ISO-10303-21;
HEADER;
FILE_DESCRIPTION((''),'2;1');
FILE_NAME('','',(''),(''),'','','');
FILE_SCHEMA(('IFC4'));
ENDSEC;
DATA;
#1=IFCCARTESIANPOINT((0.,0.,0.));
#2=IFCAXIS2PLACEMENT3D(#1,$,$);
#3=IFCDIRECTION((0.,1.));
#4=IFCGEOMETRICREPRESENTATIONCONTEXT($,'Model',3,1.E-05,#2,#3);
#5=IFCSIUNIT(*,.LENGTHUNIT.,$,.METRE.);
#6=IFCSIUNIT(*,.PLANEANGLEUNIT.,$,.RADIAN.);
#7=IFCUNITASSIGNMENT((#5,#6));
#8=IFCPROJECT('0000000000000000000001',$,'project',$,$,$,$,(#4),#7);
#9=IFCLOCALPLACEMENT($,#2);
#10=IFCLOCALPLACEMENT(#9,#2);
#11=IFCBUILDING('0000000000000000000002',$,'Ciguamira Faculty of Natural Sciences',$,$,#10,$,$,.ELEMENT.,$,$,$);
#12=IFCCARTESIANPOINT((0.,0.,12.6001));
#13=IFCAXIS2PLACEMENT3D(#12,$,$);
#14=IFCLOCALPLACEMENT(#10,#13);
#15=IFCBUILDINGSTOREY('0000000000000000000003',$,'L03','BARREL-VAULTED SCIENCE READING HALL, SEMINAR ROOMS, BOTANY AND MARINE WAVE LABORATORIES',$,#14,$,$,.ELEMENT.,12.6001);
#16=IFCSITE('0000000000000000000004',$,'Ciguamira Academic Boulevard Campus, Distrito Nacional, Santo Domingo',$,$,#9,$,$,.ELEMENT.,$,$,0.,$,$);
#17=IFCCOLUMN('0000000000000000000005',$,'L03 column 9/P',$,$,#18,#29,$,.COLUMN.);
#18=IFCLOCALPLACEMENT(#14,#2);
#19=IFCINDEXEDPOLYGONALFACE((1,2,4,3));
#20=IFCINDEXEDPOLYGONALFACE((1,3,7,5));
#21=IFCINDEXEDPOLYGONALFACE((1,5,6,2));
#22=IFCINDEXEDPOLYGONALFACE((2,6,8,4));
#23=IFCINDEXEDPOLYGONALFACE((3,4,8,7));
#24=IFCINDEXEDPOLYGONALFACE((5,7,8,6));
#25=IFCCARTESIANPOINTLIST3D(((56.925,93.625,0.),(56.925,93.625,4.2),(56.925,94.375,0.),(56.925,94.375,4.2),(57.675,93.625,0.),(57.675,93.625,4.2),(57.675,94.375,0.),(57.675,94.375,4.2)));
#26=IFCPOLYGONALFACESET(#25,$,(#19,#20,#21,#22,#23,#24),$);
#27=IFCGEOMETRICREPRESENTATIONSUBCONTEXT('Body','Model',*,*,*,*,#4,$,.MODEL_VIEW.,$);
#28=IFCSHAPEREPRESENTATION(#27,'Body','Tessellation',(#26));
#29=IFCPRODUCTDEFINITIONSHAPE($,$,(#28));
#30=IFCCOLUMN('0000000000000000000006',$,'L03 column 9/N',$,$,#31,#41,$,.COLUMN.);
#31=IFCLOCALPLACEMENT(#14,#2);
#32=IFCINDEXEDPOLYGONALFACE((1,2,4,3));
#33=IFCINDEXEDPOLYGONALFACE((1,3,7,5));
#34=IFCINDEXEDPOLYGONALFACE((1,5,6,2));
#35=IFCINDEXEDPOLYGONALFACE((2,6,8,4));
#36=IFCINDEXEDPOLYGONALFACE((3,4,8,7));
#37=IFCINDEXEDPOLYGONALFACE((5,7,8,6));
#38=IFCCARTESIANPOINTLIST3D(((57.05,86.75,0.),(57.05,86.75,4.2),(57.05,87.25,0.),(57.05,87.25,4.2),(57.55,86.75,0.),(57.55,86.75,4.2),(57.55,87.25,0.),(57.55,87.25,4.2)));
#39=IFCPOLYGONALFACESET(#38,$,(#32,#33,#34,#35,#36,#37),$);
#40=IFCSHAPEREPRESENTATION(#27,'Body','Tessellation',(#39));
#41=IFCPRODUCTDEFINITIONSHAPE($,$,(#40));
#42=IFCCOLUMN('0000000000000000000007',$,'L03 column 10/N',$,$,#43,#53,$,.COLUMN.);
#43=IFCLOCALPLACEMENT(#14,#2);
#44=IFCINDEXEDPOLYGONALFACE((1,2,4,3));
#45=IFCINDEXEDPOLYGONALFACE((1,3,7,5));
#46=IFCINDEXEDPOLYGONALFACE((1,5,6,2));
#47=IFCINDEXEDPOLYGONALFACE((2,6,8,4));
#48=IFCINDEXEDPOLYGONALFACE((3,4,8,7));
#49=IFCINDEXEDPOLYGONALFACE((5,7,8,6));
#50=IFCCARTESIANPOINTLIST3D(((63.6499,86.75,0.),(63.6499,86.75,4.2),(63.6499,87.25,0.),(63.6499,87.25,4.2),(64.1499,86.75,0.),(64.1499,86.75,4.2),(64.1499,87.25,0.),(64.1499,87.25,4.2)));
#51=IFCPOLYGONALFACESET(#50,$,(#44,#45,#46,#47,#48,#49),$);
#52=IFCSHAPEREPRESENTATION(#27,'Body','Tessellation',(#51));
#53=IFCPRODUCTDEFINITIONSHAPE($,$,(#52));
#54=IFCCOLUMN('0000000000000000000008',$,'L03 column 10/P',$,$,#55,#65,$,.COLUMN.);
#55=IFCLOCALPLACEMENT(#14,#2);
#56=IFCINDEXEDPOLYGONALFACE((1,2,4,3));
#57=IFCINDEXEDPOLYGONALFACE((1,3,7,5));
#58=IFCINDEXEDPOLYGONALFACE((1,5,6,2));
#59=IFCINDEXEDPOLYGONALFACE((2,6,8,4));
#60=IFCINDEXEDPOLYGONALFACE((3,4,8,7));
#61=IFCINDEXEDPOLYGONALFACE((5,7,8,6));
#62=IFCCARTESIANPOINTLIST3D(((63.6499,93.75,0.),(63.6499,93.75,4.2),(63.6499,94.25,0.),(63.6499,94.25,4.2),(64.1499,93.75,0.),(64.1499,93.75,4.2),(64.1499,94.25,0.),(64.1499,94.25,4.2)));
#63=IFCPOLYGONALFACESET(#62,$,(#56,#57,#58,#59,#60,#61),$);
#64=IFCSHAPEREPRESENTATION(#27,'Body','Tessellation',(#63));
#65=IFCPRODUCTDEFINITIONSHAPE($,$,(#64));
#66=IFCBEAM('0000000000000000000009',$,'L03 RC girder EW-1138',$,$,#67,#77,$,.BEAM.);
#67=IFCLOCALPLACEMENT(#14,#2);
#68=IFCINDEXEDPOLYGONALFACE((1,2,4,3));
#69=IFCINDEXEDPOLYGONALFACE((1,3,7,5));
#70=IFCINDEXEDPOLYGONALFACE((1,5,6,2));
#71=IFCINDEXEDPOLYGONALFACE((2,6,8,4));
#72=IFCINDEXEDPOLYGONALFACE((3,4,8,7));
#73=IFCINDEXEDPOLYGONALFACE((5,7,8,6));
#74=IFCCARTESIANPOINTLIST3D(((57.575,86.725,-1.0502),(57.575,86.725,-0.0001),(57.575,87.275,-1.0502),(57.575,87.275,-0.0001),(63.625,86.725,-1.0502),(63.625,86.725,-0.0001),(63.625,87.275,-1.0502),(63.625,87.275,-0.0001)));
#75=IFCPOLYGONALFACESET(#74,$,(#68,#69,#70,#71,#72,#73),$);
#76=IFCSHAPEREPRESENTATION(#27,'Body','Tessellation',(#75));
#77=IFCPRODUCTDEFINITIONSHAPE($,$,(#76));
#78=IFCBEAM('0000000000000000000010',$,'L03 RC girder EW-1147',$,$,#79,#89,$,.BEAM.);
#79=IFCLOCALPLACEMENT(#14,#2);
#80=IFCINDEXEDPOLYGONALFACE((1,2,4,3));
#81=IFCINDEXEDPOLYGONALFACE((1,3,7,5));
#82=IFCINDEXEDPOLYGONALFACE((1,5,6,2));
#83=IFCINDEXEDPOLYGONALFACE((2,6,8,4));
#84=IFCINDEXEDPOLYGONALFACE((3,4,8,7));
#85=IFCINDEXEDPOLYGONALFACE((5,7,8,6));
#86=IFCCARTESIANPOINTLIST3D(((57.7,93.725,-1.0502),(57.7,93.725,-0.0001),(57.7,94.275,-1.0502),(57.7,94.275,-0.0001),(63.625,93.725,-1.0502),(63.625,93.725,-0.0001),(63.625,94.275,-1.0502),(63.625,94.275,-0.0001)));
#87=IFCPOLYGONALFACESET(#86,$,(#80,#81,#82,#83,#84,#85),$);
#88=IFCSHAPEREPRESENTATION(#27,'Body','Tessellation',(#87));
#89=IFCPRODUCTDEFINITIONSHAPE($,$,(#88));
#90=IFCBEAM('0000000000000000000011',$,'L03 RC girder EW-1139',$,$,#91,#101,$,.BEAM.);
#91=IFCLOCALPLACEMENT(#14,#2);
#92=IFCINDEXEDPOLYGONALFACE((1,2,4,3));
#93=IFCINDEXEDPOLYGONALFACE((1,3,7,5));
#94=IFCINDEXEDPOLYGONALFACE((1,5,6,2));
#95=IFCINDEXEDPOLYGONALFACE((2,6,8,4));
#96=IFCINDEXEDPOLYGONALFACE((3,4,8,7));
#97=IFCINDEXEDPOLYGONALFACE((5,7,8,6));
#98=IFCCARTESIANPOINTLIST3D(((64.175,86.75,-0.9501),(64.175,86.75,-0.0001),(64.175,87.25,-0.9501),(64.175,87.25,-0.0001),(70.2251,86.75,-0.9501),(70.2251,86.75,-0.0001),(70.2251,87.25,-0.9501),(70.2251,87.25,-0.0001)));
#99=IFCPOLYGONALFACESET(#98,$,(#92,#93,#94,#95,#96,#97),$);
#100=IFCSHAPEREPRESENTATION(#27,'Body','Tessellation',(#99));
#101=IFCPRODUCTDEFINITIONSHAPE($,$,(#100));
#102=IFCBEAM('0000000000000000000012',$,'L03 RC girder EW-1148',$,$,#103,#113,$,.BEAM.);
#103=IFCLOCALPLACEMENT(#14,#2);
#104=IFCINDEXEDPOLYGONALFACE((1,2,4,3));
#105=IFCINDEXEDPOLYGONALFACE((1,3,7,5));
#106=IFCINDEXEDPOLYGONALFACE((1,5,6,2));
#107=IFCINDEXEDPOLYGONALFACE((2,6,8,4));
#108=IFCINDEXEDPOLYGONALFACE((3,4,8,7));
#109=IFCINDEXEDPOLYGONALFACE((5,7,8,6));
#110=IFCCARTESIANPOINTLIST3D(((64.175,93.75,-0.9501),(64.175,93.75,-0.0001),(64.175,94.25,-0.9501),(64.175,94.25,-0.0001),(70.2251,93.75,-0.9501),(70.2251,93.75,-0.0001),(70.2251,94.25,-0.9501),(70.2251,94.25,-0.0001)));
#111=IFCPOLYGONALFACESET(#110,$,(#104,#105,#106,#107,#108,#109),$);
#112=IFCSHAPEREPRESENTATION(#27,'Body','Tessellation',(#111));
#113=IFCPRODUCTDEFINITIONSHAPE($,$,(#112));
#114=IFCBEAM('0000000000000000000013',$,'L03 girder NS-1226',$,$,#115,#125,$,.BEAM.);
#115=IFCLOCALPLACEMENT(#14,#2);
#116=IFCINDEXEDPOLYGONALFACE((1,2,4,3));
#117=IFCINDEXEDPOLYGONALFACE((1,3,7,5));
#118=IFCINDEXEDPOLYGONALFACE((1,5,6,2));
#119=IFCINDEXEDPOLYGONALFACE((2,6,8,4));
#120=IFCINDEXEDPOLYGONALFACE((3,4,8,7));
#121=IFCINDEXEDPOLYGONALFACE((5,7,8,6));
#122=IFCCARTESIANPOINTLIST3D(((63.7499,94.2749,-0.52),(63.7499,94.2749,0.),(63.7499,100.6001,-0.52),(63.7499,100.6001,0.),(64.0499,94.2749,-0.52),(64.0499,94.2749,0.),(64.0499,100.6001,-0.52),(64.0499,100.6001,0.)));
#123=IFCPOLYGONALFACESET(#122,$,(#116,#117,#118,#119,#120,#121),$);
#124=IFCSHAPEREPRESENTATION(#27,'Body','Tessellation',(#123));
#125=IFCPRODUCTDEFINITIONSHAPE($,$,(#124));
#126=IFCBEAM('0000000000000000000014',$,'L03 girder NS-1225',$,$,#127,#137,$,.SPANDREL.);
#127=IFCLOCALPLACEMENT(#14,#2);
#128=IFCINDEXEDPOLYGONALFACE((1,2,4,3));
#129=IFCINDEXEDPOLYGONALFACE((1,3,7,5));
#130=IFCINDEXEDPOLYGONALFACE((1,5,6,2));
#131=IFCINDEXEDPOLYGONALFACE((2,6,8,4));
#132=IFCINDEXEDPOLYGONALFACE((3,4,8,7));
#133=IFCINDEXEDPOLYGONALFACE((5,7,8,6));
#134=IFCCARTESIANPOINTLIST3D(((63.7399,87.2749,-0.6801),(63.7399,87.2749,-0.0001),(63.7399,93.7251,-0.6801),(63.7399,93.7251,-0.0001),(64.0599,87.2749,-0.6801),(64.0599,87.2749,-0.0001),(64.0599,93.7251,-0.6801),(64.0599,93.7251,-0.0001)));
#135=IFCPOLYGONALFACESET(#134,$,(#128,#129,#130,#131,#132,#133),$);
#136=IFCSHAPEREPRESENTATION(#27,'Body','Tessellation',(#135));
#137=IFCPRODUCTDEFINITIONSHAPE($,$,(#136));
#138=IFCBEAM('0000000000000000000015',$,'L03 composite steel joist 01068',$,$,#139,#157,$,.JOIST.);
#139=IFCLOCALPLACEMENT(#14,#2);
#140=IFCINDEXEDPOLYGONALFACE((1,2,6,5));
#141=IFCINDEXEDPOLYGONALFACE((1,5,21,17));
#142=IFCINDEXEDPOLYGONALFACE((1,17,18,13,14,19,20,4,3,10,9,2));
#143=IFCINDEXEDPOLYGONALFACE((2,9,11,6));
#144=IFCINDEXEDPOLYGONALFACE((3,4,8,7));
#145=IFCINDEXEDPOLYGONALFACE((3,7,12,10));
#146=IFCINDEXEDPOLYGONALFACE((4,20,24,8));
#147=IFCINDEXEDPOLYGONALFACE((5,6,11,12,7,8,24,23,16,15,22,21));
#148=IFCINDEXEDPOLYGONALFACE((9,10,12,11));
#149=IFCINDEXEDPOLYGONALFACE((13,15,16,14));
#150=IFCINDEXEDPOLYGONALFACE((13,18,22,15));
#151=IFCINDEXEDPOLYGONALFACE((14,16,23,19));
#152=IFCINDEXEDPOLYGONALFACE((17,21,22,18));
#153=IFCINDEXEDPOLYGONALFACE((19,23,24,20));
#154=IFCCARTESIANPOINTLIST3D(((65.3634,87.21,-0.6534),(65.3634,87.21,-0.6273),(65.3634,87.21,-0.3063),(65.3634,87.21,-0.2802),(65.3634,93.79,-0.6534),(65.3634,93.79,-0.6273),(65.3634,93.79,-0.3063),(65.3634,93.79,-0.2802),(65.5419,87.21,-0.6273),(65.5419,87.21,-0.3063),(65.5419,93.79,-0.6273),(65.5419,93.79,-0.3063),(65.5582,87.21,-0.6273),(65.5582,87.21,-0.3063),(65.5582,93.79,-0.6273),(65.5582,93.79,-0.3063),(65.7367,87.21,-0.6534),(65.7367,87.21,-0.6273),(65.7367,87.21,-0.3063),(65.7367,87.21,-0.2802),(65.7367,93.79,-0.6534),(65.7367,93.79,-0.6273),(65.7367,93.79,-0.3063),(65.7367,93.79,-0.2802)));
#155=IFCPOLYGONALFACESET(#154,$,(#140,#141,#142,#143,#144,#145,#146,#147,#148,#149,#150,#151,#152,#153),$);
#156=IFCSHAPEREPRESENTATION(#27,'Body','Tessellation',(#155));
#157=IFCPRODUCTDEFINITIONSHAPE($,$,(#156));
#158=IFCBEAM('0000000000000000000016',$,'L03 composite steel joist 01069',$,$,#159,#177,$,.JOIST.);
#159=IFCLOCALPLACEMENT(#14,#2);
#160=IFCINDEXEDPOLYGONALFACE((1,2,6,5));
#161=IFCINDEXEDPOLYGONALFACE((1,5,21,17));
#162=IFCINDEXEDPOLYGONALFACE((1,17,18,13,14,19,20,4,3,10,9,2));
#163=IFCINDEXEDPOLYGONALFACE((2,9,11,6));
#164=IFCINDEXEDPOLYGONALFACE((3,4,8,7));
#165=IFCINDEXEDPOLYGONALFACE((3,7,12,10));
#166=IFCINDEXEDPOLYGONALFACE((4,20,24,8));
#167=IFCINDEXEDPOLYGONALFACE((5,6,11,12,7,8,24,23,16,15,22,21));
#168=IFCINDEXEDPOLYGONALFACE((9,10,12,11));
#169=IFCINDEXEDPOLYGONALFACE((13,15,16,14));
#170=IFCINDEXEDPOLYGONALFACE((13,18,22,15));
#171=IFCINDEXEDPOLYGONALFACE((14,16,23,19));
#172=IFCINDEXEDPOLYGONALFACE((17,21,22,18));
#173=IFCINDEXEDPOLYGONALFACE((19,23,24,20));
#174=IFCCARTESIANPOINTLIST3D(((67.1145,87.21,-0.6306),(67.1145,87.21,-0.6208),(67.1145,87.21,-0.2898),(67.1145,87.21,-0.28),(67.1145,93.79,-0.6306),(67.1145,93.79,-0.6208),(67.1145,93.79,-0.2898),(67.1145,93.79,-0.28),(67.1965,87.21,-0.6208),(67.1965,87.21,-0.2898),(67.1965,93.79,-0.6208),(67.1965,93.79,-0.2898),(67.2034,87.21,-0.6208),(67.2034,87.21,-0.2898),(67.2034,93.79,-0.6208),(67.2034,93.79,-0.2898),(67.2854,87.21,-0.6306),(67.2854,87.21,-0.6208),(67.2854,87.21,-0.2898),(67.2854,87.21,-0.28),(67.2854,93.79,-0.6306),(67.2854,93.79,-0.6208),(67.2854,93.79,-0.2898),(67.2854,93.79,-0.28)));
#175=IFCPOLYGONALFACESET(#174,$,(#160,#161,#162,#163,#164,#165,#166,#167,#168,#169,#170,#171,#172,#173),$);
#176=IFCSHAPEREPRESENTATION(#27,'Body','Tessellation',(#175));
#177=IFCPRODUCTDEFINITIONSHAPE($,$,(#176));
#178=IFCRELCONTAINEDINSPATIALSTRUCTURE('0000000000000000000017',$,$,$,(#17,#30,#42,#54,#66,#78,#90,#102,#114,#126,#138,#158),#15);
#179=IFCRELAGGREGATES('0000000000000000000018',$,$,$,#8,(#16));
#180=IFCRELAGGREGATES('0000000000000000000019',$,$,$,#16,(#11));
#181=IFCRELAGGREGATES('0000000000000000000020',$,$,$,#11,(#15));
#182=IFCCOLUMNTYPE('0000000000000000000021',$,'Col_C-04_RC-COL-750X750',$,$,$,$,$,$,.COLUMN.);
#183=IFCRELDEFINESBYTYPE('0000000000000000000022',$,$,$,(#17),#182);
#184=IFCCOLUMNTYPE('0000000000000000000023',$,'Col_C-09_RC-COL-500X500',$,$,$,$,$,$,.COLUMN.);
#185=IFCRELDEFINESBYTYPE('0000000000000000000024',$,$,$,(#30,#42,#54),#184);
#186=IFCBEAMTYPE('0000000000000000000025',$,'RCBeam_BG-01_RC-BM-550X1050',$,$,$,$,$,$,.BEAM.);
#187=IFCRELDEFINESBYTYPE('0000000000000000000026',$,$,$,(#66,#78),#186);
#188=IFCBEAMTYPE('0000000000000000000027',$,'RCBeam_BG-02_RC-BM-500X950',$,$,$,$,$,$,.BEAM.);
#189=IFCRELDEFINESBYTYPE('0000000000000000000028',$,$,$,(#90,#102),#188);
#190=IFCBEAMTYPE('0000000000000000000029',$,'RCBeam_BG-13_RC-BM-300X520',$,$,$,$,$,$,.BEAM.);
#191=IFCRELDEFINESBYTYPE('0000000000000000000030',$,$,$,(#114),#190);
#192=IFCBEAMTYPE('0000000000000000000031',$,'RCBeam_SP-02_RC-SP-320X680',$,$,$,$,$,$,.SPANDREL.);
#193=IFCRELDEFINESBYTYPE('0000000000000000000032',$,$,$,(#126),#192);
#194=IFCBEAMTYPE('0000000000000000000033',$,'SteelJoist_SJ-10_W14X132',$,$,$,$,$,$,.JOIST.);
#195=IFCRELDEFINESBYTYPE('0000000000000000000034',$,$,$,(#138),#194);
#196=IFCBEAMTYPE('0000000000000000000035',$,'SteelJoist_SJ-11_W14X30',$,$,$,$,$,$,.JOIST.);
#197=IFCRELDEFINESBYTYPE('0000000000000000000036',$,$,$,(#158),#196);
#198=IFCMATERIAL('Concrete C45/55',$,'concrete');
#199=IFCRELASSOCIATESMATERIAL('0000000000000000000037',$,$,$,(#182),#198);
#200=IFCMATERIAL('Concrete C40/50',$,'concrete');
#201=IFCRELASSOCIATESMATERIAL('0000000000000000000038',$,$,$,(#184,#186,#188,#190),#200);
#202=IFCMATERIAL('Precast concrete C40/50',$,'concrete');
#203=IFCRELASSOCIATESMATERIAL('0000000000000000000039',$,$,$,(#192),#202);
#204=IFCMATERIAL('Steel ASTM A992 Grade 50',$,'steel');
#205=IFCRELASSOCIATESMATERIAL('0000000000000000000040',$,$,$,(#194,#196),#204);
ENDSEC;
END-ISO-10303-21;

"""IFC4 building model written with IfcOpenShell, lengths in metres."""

from ifc_helpers import new_model, si_unit, direction, frame, origin, origin_2d, place, context, subcontext, project, spatial, rectangle, i_section, extrude, material, material_profile, profile_set, type_object, element, save


model = new_model("IFC4")

# Units and contexts
model_context = context("Model", 3, precision=1e-05, world=origin(), true_north=direction((0.0, 1.0)))
body_context = subcontext(model_context, "Body", "Model", "MODEL_VIEW")
ifc_project = project(units=[si_unit("LENGTHUNIT", "METRE"), si_unit("PLANEANGLEUNIT", "RADIAN")], contexts=[model_context])

# Site, building, storey
site_placement = place(None, origin())
site = spatial("IfcSite", under=ifc_project, at=site_placement, Name="Ciguamira Academic Boulevard Campus, Distrito Nacional, Santo Domingo", CompositionType="ELEMENT", RefElevation=0.0)
building_placement = place(site_placement, origin())
building = spatial("IfcBuilding", under=site, at=building_placement, Name="Ciguamira Faculty of Natural Sciences", CompositionType="ELEMENT")
storey_placement = place(building_placement, frame((0.0, 0.0, 12.6001)))
storey = spatial("IfcBuildingStorey", under=building, at=storey_placement, Name="L03", Description="BARREL-VAULTED SCIENCE READING HALL, SEMINAR ROOMS, BOTANY AND MARINE WAVE LABORATORIES", CompositionType="ELEMENT", Elevation=12.6001)

# Columns
ifc_material_1 = material(Name="Concrete C45/55", Category="concrete")
ifc_material_profile_1 = material_profile(ifc_material_1, rectangle(XDim=0.75, YDim=0.75, at=origin_2d()), Name="RC-COL-750X750")
ifc_profile_set_1 = profile_set([ifc_material_profile_1], Name="Concrete C45/55")
column_type_1 = type_object("IfcColumnType", Name="Col_C-04_RC-COL-750X750", PredefinedType="COLUMN", material=ifc_profile_set_1)
column_placement = place(storey_placement, frame((57.3, 94.0, 0.0), z_axis=(0.0, 0.0, 1.0), x_axis=(1.0, 0.0, 0.0)))
element("IfcColumn", 1, at=column_placement, inside=storey, type_object=column_type_1, Name="L03 column 9/P", PredefinedType="COLUMN", context=body_context, shape_type="SweptSolid", body=[
    extrude(rectangle(XDim=0.75, YDim=0.75, at=origin_2d()), origin(), (0.0, 0.0, 1.0), 4.2),
])
ifc_material_2 = material(Name="Concrete C40/50", Category="concrete")
ifc_material_profile_2 = material_profile(ifc_material_2, rectangle(XDim=0.5, YDim=0.5, at=origin_2d()), Name="RC-COL-500X500")
ifc_profile_set_2 = profile_set([ifc_material_profile_2], Name="Concrete C40/50")
column_type_2 = type_object("IfcColumnType", Name="Col_C-09_RC-COL-500X500", PredefinedType="COLUMN", material=ifc_profile_set_2)
for number, where, z_axis, x_axis, name in (
    (2, (57.3, 87.0, 0.0), (0.0, 0.0, 1.0), (1.0, 0.0, 0.0), "L03 column 9/N"),
    (3, (63.8999, 87.0, 0.0), (0.0, 0.0, 1.0), (1.0, 0.0, 0.0), "L03 column 10/N"),
    (4, (63.8999, 94.0, 0.0), (0.0, 0.0, 1.0), (1.0, 0.0, 0.0), "L03 column 10/P"),
):
    element("IfcColumn", number, at=place(storey_placement, frame(where, z_axis=z_axis, x_axis=x_axis)), inside=storey, type_object=column_type_2, Name=name, PredefinedType="COLUMN", context=body_context, shape_type="SweptSolid", body=[
        extrude(rectangle(XDim=0.5, YDim=0.5, at=origin_2d()), origin(), (0.0, 0.0, 1.0), 4.2),
    ])

# Beams
ifc_material_profile_3 = material_profile(ifc_material_2, rectangle(XDim=0.55, YDim=1.05, at=origin_2d()), Name="RC-BM-550X1050")
ifc_profile_set_3 = profile_set([ifc_material_profile_3], Name="Concrete C40/50")
beam_type_1 = type_object("IfcBeamType", Name="RCBeam_BG-01_RC-BM-550X1050", PredefinedType="BEAM", material=ifc_profile_set_3)
beam_1_placement = place(storey_placement, frame((57.575, 87.0, -0.5251), z_axis=(1.0, 0.0, 0.0), x_axis=(0.0, 1.0, 0.0)))
element("IfcBeam", 5, at=beam_1_placement, inside=storey, type_object=beam_type_1, Name="L03 RC girder EW-1138", PredefinedType="BEAM", context=body_context, shape_type="SweptSolid", body=[
    extrude(rectangle(XDim=0.55, YDim=1.05, at=origin_2d()), origin(), (0.0, 0.0, 1.0), 6.05),
])
beam_2_placement = place(storey_placement, frame((57.7, 94.0, -0.5251), z_axis=(1.0, 0.0, 0.0), x_axis=(0.0, 1.0, 0.0)))
element("IfcBeam", 6, at=beam_2_placement, inside=storey, type_object=beam_type_1, Name="L03 RC girder EW-1147", PredefinedType="BEAM", context=body_context, shape_type="SweptSolid", body=[
    extrude(rectangle(XDim=0.55, YDim=1.05, at=origin_2d()), origin(), (0.0, 0.0, 1.0), 5.925),
])
ifc_material_profile_4 = material_profile(ifc_material_2, rectangle(XDim=0.5, YDim=0.95, at=origin_2d()), Name="RC-BM-500X950")
ifc_profile_set_4 = profile_set([ifc_material_profile_4], Name="Concrete C40/50")
beam_type_2 = type_object("IfcBeamType", Name="RCBeam_BG-02_RC-BM-500X950", PredefinedType="BEAM", material=ifc_profile_set_4)
for number, where, z_axis, x_axis, name in (
    (7, (64.175, 87.0, -0.4751), (1.0, 0.0, 0.0), (0.0, 1.0, 0.0), "L03 RC girder EW-1139"),
    (8, (64.175, 94.0, -0.4751), (1.0, 0.0, 0.0), (0.0, 1.0, 0.0), "L03 RC girder EW-1148"),
):
    element("IfcBeam", number, at=place(storey_placement, frame(where, z_axis=z_axis, x_axis=x_axis)), inside=storey, type_object=beam_type_2, Name=name, PredefinedType="BEAM", context=body_context, shape_type="SweptSolid", body=[
        extrude(rectangle(XDim=0.5, YDim=0.95, at=origin_2d()), origin(), (0.0, 0.0, 1.0), 6.05),
    ])
ifc_material_profile_5 = material_profile(ifc_material_2, rectangle(XDim=0.3, YDim=0.52, at=origin_2d()), Name="RC-BM-300X520")
ifc_profile_set_5 = profile_set([ifc_material_profile_5], Name="Concrete C40/50")
beam_type_3 = type_object("IfcBeamType", Name="RCBeam_BG-13_RC-BM-300X520", PredefinedType="BEAM", material=ifc_profile_set_5)
beam_3_placement = place(storey_placement, frame((63.8999, 94.2749, -0.26), z_axis=(0.0, 1.0, 0.0), x_axis=(-1.0, 0.0, 0.0)))
element("IfcBeam", 9, at=beam_3_placement, inside=storey, type_object=beam_type_3, Name="L03 girder NS-1226", PredefinedType="BEAM", context=body_context, shape_type="SweptSolid", body=[
    extrude(rectangle(XDim=0.3, YDim=0.52, at=origin_2d()), origin(), (0.0, 0.0, 1.0), 6.3252),
])
ifc_material_3 = material(Name="Precast concrete C40/50", Category="concrete")
ifc_material_profile_6 = material_profile(ifc_material_3, rectangle(XDim=0.3201, YDim=0.6799, at=origin_2d()), Name="RC-SP-320X680")
ifc_profile_set_6 = profile_set([ifc_material_profile_6], Name="Precast concrete C40/50")
beam_type_4 = type_object("IfcBeamType", Name="RCBeam_SP-02_RC-SP-320X680", PredefinedType="SPANDREL", material=ifc_profile_set_6)
beam_4_placement = place(storey_placement, frame((63.8999, 87.2749, -0.3401), z_axis=(0.0, 1.0, 0.0), x_axis=(-1.0, 0.0, 0.0)))
element("IfcBeam", 10, at=beam_4_placement, inside=storey, type_object=beam_type_4, Name="L03 girder NS-1225", PredefinedType="SPANDREL", context=body_context, shape_type="SweptSolid", body=[
    extrude(rectangle(XDim=0.3201, YDim=0.6799, at=origin_2d()), origin(), (0.0, 0.0, 1.0), 6.4502),
])
ifc_material_4 = material(Name="Steel ASTM A992 Grade 50", Category="steel")
ifc_material_profile_7 = material_profile(ifc_material_4, i_section(OverallWidth=0.3733, OverallDepth=0.3733, WebThickness=0.0164, FlangeThickness=0.0261, at=origin_2d()), Name="W14X132")
ifc_profile_set_7 = profile_set([ifc_material_profile_7], Name="Steel ASTM A992 Grade 50")
beam_type_5 = type_object("IfcBeamType", Name="SteelJoist_SJ-10_W14X132", PredefinedType="JOIST", material=ifc_profile_set_7)
beam_5_placement = place(storey_placement, frame((65.55, 87.21, -0.4668), z_axis=(0.0, 1.0, 0.0), x_axis=(-1.0, 0.0, 0.0)))
element("IfcBeam", 11, at=beam_5_placement, inside=storey, type_object=beam_type_5, Name="L03 composite steel joist 01068", PredefinedType="JOIST", context=body_context, shape_type="SweptSolid", body=[
    extrude(i_section(OverallWidth=0.3733, OverallDepth=0.3733, WebThickness=0.0164, FlangeThickness=0.0261, at=origin_2d()), origin(), (0.0, 0.0, 1.0), 6.5801),
])
ifc_material_profile_8 = material_profile(ifc_material_4, i_section(OverallWidth=0.1709, OverallDepth=0.3506, WebThickness=0.0068, FlangeThickness=0.0098, at=origin_2d()), Name="W14X30")
ifc_profile_set_8 = profile_set([ifc_material_profile_8], Name="Steel ASTM A992 Grade 50")
beam_type_6 = type_object("IfcBeamType", Name="SteelJoist_SJ-11_W14X30", PredefinedType="JOIST", material=ifc_profile_set_8)
beam_6_placement = place(storey_placement, frame((67.2, 87.21, -0.4553), z_axis=(0.0, 1.0, 0.0), x_axis=(-1.0, 0.0, 0.0)))
element("IfcBeam", 12, at=beam_6_placement, inside=storey, type_object=beam_type_6, Name="L03 composite steel joist 01069", PredefinedType="JOIST", context=body_context, shape_type="SweptSolid", body=[
    extrude(i_section(OverallWidth=0.1709, OverallDepth=0.3506, WebThickness=0.0068, FlangeThickness=0.0098, at=origin_2d()), origin(), (0.0, 0.0, 1.0), 6.5801),
])

save(model, "model.ifc")
